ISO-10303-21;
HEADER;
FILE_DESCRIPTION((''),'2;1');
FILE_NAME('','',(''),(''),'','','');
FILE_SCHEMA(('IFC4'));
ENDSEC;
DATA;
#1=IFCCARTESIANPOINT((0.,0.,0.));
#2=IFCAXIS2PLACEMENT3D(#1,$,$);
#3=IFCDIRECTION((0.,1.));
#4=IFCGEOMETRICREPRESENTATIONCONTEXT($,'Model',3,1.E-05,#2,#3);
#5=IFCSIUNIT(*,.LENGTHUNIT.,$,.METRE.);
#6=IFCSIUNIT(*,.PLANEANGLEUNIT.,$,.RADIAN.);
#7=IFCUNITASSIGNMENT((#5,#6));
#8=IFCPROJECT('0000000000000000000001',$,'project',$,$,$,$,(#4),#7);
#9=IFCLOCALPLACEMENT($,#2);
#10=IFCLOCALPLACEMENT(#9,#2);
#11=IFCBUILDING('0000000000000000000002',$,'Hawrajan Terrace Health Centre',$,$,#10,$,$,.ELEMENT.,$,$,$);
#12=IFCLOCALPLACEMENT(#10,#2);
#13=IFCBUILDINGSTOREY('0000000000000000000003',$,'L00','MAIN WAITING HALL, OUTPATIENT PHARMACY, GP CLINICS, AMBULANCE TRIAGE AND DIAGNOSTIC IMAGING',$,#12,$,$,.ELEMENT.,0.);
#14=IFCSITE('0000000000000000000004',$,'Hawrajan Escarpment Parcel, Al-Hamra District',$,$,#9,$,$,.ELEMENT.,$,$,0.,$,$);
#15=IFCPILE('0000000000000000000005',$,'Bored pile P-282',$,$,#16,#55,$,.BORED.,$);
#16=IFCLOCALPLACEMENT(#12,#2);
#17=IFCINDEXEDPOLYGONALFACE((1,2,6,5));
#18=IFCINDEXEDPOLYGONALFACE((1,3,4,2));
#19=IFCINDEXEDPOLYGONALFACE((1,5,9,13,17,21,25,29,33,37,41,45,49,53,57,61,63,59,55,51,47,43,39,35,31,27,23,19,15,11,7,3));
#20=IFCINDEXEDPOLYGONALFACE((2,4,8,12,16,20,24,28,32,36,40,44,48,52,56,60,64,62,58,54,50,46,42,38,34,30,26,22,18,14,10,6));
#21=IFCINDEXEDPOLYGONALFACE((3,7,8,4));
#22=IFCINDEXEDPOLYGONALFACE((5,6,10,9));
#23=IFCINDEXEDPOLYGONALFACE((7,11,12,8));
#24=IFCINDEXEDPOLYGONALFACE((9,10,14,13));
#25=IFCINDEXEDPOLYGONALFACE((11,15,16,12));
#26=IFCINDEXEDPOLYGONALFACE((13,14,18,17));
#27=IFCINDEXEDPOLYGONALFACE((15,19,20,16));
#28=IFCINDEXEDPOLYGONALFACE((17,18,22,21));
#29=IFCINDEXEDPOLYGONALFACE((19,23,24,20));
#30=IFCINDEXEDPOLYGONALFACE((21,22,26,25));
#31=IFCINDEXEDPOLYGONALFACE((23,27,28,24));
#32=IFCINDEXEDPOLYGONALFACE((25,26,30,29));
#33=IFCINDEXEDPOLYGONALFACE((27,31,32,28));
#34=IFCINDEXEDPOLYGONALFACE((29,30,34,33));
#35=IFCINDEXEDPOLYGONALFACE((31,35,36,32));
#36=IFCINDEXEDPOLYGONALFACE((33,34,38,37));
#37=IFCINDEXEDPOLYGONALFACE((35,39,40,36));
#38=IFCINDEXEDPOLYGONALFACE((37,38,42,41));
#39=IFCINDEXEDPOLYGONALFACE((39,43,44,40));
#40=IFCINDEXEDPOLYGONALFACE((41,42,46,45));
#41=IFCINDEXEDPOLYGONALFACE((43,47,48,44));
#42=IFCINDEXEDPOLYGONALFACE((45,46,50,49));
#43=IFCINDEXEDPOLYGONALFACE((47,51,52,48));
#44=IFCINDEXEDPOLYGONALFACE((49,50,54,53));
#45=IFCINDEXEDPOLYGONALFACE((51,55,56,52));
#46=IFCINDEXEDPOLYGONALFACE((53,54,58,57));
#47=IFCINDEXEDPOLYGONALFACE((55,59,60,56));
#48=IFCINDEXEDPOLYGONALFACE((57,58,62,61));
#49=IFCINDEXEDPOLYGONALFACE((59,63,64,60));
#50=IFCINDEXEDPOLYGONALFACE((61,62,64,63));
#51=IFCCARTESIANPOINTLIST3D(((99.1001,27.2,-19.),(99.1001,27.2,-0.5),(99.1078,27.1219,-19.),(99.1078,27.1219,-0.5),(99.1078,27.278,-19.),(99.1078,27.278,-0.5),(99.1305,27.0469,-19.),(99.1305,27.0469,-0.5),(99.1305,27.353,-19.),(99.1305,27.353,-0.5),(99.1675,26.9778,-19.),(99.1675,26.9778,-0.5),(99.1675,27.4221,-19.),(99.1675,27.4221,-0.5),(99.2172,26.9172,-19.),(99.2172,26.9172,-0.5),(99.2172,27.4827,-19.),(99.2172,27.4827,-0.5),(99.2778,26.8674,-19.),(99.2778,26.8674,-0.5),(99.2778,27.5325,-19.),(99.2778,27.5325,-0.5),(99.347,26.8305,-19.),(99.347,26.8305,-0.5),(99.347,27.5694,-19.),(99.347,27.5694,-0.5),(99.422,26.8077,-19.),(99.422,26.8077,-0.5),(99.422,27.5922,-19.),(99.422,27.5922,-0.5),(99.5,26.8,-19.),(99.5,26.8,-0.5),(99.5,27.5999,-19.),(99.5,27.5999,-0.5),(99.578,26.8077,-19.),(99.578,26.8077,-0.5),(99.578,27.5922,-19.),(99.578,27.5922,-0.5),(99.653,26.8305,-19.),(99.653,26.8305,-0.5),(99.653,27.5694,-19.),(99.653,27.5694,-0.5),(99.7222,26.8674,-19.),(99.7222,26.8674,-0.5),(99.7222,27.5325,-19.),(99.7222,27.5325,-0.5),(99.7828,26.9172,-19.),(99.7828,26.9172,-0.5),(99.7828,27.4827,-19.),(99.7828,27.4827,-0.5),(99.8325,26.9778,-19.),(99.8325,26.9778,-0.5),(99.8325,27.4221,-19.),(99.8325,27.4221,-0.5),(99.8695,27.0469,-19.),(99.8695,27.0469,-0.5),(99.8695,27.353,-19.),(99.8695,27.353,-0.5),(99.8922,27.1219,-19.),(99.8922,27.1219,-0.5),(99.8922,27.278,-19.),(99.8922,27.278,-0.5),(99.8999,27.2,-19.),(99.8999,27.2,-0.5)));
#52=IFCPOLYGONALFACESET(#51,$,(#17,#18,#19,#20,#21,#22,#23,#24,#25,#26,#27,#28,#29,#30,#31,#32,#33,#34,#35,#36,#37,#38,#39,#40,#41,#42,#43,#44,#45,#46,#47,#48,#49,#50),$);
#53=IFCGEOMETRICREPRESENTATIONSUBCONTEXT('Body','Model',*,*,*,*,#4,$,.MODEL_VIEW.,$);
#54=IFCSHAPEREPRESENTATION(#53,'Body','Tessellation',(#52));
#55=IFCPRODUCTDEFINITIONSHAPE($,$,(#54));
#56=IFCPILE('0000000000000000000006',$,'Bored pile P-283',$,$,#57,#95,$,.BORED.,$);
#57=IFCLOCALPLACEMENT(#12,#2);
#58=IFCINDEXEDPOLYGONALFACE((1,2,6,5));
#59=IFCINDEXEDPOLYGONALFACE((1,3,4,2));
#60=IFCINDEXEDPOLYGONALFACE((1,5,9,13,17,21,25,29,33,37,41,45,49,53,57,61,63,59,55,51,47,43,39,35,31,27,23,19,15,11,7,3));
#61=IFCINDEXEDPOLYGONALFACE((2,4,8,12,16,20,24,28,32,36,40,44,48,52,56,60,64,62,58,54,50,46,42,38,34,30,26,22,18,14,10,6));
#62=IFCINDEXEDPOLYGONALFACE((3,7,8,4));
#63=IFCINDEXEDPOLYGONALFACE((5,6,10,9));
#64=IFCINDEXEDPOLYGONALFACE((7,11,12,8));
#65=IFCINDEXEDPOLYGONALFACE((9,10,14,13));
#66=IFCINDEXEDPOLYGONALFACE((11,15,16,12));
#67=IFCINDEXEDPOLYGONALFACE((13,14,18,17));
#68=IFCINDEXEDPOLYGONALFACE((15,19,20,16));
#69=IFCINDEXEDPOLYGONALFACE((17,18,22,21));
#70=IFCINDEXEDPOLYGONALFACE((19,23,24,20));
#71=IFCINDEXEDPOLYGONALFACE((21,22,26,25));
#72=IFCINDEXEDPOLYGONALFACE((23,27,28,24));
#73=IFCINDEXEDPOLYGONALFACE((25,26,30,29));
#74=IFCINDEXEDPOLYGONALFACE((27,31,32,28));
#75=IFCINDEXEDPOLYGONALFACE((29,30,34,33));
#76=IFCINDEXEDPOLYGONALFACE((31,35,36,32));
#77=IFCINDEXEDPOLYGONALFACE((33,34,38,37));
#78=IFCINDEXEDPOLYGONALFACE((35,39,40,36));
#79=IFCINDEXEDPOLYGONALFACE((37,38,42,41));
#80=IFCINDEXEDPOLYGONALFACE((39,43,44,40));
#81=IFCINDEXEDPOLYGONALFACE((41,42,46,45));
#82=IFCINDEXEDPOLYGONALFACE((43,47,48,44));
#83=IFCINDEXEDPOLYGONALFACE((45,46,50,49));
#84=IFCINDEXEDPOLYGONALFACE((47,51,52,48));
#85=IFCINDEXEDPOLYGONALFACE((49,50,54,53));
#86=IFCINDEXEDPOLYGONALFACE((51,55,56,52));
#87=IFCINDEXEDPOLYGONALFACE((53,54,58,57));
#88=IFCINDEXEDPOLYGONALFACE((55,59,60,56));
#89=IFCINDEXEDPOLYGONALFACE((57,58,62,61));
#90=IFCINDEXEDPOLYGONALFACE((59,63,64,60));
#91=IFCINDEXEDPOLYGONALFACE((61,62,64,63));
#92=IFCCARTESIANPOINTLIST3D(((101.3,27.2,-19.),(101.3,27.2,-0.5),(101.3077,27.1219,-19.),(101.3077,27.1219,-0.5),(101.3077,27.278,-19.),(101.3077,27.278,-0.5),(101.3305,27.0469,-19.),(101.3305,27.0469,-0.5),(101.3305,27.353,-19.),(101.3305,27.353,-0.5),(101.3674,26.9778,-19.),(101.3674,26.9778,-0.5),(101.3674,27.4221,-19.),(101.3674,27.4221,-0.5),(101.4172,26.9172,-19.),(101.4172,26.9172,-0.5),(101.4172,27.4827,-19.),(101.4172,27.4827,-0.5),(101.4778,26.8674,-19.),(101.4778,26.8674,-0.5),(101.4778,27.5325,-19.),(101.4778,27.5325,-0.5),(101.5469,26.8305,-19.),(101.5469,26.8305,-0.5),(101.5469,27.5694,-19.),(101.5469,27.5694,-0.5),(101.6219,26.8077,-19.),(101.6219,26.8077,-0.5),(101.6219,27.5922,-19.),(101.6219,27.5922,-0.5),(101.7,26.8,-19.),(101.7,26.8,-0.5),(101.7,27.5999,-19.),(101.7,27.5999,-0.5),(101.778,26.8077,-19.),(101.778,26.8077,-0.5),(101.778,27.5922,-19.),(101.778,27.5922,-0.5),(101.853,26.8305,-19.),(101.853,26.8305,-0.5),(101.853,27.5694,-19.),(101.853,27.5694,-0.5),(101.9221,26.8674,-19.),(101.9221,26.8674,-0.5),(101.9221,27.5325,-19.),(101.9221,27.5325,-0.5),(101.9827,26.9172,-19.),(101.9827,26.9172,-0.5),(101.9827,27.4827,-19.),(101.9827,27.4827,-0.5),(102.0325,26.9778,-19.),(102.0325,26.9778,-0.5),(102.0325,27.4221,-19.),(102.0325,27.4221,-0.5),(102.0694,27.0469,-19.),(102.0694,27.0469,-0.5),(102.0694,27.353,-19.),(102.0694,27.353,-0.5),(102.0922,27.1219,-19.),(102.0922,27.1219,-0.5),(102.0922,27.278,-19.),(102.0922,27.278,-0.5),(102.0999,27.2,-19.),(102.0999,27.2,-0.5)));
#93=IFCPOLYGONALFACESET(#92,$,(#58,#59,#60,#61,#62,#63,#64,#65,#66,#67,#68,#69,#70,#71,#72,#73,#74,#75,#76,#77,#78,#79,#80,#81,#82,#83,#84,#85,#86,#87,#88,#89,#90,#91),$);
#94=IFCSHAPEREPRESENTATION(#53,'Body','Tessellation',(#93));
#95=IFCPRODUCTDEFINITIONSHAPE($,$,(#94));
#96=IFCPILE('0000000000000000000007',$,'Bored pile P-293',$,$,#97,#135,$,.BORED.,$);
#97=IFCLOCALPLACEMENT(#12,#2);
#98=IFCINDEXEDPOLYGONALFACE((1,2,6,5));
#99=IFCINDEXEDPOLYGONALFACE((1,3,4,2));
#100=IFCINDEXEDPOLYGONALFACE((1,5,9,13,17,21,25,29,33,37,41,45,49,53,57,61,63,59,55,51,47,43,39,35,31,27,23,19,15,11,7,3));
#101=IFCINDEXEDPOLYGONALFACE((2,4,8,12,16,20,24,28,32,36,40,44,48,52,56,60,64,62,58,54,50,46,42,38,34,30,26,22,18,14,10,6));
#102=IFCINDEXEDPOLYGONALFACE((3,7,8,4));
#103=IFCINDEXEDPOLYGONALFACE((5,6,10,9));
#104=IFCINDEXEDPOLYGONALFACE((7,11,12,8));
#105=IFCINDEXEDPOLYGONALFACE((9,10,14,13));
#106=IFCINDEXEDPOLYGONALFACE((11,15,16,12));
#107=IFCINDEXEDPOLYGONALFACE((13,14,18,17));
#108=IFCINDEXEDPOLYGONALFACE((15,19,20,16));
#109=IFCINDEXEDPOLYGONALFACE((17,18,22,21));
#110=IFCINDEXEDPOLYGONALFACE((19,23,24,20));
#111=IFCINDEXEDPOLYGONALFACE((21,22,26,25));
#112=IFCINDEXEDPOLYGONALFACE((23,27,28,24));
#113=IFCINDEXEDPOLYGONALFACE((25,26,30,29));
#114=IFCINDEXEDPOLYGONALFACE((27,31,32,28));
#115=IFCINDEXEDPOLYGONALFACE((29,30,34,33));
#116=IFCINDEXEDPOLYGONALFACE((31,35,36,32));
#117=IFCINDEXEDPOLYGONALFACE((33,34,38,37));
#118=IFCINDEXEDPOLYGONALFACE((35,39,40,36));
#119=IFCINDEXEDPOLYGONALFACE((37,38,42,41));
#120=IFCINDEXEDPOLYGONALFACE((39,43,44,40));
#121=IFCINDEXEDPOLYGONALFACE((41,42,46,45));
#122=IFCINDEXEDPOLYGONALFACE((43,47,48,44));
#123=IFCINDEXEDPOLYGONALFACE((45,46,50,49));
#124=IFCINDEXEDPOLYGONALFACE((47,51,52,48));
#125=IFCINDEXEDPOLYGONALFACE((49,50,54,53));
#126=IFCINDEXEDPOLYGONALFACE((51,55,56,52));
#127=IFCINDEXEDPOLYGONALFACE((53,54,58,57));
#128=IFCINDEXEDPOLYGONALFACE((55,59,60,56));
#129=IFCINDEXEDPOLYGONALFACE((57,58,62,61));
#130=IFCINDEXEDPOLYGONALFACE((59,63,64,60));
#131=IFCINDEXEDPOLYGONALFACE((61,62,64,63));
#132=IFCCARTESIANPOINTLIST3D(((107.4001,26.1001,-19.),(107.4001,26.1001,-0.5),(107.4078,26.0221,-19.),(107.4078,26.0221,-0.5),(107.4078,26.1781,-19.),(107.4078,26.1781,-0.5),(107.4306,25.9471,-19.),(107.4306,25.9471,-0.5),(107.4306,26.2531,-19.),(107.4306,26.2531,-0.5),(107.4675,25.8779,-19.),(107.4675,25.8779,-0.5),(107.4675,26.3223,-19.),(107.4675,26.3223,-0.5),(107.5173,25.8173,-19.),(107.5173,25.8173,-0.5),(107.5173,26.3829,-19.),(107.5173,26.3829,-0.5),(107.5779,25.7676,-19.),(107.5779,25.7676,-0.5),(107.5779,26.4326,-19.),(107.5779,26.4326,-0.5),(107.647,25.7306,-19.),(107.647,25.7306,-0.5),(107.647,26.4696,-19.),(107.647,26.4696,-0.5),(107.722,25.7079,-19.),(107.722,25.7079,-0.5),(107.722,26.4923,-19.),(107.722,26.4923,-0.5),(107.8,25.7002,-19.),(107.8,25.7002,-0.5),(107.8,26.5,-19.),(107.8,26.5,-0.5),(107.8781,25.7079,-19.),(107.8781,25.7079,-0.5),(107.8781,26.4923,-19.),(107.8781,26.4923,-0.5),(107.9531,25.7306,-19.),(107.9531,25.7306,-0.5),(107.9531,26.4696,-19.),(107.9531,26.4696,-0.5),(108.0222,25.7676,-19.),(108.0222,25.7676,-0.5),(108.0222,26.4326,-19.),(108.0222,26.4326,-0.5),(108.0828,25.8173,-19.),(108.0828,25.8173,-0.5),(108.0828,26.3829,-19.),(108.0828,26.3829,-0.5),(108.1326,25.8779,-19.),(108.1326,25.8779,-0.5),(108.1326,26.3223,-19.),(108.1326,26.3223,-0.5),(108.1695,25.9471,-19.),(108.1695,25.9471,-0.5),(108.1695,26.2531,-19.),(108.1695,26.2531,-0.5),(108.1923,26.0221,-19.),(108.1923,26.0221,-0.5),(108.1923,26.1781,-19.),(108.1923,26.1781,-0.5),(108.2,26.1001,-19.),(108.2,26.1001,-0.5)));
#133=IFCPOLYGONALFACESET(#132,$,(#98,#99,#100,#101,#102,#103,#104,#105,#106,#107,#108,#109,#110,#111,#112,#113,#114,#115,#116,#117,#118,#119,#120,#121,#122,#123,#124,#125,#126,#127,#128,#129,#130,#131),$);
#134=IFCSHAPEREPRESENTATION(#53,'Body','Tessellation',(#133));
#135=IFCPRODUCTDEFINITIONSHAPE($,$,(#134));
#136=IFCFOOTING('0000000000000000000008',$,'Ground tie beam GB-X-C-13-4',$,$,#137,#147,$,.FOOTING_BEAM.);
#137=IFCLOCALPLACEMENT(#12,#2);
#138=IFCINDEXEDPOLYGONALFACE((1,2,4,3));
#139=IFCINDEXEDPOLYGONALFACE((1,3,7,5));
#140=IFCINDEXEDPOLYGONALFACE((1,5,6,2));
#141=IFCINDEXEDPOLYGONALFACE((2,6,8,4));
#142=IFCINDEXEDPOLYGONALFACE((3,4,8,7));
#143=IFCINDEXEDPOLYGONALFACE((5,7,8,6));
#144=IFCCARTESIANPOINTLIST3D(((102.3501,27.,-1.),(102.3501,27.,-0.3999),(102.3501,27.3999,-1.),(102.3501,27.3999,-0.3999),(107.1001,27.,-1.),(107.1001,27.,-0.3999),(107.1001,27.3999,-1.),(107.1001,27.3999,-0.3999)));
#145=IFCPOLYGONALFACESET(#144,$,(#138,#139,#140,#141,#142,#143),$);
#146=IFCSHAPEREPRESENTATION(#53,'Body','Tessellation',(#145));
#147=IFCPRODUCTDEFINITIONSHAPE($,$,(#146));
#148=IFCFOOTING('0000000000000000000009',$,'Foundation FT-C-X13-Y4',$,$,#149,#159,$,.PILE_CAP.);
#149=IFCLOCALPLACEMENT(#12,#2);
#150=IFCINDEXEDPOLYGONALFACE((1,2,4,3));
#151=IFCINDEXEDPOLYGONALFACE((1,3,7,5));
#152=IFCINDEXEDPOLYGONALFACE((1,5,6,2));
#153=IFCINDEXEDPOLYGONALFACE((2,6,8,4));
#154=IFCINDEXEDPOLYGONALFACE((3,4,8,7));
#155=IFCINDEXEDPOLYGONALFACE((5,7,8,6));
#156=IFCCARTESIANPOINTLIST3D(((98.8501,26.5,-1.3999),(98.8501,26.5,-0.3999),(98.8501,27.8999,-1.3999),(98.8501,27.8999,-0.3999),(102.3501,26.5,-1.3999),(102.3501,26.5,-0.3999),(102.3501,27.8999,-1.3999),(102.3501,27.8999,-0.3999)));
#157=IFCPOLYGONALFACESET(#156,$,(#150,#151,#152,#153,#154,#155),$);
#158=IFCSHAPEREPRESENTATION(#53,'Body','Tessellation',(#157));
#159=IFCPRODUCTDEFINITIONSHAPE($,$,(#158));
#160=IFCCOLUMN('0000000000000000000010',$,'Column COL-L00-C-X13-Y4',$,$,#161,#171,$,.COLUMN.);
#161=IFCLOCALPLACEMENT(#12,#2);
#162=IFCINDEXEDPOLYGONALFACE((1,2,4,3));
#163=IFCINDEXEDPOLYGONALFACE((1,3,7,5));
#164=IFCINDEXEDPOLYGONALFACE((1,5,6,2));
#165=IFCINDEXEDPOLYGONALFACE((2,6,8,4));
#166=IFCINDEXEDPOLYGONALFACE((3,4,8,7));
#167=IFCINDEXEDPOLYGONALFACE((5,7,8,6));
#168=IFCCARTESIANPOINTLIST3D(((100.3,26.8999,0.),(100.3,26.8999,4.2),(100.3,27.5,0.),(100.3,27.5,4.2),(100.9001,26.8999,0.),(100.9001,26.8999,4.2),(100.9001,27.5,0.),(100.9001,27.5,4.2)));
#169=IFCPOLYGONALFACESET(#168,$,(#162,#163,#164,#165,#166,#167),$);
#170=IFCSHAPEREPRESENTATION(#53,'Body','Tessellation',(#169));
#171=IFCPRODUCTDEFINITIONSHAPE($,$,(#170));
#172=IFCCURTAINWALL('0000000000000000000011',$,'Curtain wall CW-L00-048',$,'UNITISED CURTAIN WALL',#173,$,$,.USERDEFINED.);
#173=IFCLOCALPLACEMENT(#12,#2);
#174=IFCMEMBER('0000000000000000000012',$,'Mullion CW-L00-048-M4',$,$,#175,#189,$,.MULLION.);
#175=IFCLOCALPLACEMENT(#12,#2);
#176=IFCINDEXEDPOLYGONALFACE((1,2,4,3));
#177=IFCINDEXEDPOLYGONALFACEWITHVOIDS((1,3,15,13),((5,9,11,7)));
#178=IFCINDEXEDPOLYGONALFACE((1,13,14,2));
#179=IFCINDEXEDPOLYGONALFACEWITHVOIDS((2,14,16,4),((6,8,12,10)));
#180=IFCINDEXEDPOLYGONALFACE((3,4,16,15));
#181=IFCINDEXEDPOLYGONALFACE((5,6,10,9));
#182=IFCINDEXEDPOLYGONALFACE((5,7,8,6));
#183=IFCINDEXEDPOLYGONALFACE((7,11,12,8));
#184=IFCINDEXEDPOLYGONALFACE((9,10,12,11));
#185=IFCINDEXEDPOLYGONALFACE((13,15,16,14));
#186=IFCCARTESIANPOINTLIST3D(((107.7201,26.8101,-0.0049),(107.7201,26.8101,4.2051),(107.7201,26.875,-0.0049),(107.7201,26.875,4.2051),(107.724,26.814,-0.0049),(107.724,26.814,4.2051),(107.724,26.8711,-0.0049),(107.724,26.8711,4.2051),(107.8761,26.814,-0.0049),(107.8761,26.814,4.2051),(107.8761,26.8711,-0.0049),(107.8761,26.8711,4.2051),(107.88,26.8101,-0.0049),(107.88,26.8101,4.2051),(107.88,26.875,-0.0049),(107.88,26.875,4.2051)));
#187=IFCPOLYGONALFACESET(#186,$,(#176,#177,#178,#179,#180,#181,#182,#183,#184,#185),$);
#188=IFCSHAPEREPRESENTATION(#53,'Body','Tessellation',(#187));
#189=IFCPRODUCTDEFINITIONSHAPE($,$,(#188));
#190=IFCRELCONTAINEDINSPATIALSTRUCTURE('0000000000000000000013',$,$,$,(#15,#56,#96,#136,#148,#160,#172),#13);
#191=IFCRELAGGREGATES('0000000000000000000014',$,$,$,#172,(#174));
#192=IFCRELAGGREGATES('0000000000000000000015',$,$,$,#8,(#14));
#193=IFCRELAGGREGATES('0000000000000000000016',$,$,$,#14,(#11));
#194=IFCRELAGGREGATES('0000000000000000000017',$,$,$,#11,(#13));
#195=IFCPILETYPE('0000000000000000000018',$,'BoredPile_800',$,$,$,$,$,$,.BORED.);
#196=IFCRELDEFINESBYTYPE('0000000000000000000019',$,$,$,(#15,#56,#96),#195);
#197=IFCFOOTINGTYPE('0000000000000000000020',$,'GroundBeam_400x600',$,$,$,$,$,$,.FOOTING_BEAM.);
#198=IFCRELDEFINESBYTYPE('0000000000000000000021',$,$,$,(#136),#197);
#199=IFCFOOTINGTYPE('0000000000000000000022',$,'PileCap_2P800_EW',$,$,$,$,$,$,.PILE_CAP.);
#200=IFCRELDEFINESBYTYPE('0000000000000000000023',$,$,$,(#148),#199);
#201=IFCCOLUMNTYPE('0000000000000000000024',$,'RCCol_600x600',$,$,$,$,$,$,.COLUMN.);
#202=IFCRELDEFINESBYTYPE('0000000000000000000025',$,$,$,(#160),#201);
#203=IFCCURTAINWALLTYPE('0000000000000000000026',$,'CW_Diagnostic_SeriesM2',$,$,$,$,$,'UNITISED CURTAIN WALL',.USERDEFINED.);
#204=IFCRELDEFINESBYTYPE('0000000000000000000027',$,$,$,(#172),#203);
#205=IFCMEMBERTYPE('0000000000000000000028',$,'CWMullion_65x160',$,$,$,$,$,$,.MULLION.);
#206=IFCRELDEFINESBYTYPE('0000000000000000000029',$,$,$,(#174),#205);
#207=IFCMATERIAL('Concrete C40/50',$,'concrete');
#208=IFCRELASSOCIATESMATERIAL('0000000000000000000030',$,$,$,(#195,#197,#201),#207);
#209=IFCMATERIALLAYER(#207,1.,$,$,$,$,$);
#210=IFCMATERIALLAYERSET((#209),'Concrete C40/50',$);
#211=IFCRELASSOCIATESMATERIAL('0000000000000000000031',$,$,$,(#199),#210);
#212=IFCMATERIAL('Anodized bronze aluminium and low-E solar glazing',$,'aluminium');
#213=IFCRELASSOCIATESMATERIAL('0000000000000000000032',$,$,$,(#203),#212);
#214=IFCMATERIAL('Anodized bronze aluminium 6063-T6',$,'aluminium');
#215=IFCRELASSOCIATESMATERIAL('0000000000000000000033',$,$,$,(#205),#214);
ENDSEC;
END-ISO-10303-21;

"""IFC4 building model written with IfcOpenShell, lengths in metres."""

from ifc_helpers import new_model, si_unit, direction, frame, origin, origin_2d, place, context, subcontext, project, spatial, rectangle, hollow_rectangle, circle, extrude, material, layer, layer_set, material_profile, profile_set, type_object, element, aggregate, save


model = new_model("IFC4")

# Units and contexts
model_context = context("Model", 3, precision=1e-05, world=origin(), true_north=direction((0.0, 1.0)))
body_context = subcontext(model_context, "Body", "Model", "MODEL_VIEW")
ifc_project = project(units=[si_unit("LENGTHUNIT", "METRE"), si_unit("PLANEANGLEUNIT", "RADIAN")], contexts=[model_context])

# Site, building, storey
site_placement = place(None, origin())
site = spatial("IfcSite", under=ifc_project, at=site_placement, Name="Hawrajan Escarpment Parcel, Al-Hamra District", CompositionType="ELEMENT", RefElevation=0.0)
building_placement = place(site_placement, origin())
building = spatial("IfcBuilding", under=site, at=building_placement, Name="Hawrajan Terrace Health Centre", CompositionType="ELEMENT")
storey_placement = place(building_placement, origin())
storey = spatial("IfcBuildingStorey", under=building, at=storey_placement, Name="L00", Description="MAIN WAITING HALL, OUTPATIENT PHARMACY, GP CLINICS, AMBULANCE TRIAGE AND DIAGNOSTIC IMAGING", CompositionType="ELEMENT", Elevation=0.0)

# Piles
ifc_material_1 = material(Name="Concrete C40/50", Category="concrete")
ifc_material_profile_1 = material_profile(ifc_material_1, circle(Radius=0.3999, at=origin_2d()), Name="BP 800")
ifc_profile_set_1 = profile_set([ifc_material_profile_1], Name="Concrete C40/50")
pile_type = type_object("IfcPileType", Name="BoredPile_800", PredefinedType="BORED", material=ifc_profile_set_1)
for number, where, z_axis, x_axis, name in (
    (1, (99.5, 27.2, -0.5), (0.0, 0.0, -1.0), (1.0, 0.0, 0.0), "Bored pile P-282"),
    (2, (101.7, 27.2, -0.5), (0.0, 0.0, -1.0), (1.0, 0.0, 0.0), "Bored pile P-283"),
    (3, (107.8, 26.1001, -0.5), (0.0, 0.0, -1.0), (1.0, 0.0, 0.0), "Bored pile P-293"),
):
    element("IfcPile", number, at=place(storey_placement, frame(where, z_axis=z_axis, x_axis=x_axis)), inside=storey, type_object=pile_type, Name=name, PredefinedType="BORED", context=body_context, shape_type="SweptSolid", body=[
        extrude(circle(Radius=0.3999, at=origin_2d()), origin(), (0.0, 0.0, 1.0), 18.5),
    ])

# Footings
ifc_material_profile_2 = material_profile(ifc_material_1, rectangle(XDim=0.3999, YDim=0.6001, at=origin_2d()), Name="RC BM 400x600")
ifc_profile_set_2 = profile_set([ifc_material_profile_2], Name="Concrete C40/50")
footing_type_1 = type_object("IfcFootingType", Name="GroundBeam_400x600", PredefinedType="FOOTING_BEAM", material=ifc_profile_set_2)
footing_1_placement = place(storey_placement, frame((102.3501, 27.2, -0.7), z_axis=(1.0, 0.0, 0.0), x_axis=(0.0, 1.0, 0.0)))
element("IfcFooting", 4, at=footing_1_placement, inside=storey, type_object=footing_type_1, Name="Ground tie beam GB-X-C-13-4", PredefinedType="FOOTING_BEAM", context=body_context, shape_type="SweptSolid", body=[
    extrude(rectangle(XDim=0.3999, YDim=0.6001, at=origin_2d()), origin(), (0.0, 0.0, 1.0), 4.75),
])
ifc_layer_1 = layer(ifc_material_1, 1.0)
ifc_layer_set_1 = layer_set([ifc_layer_1], Name="Concrete C40/50")
footing_type_2 = type_object("IfcFootingType", Name="PileCap_2P800_EW", PredefinedType="PILE_CAP", material=ifc_layer_set_1)
footing_2_placement = place(storey_placement, frame((100.6001, 27.2, -1.3999), z_axis=(0.0, 0.0, 1.0), x_axis=(1.0, 0.0, 0.0)))
element("IfcFooting", 5, at=footing_2_placement, inside=storey, type_object=footing_type_2, Name="Foundation FT-C-X13-Y4", PredefinedType="PILE_CAP", context=body_context, shape_type="SweptSolid", body=[
    extrude(rectangle(XDim=3.5, YDim=1.3999, at=origin_2d()), origin(), (0.0, 0.0, 1.0), 1.0),
])

# Column
ifc_material_profile_3 = material_profile(ifc_material_1, rectangle(XDim=0.6001, YDim=0.6001, at=origin_2d()), Name="RC 600x600")
ifc_profile_set_3 = profile_set([ifc_material_profile_3], Name="Concrete C40/50")
column_type = type_object("IfcColumnType", Name="RCCol_600x600", PredefinedType="COLUMN", material=ifc_profile_set_3)
column_placement = place(storey_placement, frame((100.6001, 27.2, 0.0), z_axis=(0.0, 0.0, 1.0), x_axis=(1.0, 0.0, 0.0)))
element("IfcColumn", 6, at=column_placement, inside=storey, type_object=column_type, Name="Column COL-L00-C-X13-Y4", PredefinedType="COLUMN", context=body_context, shape_type="SweptSolid", body=[
    extrude(rectangle(XDim=0.6001, YDim=0.6001, at=origin_2d()), origin(), (0.0, 0.0, 1.0), 4.2),
])

# Curtain wall, member
ifc_material_2 = material(Name="Anodized bronze aluminium and low-E solar glazing", Category="aluminium")
curtain_wall_type_1 = type_object("IfcCurtainWallType", Name="CW_Diagnostic_SeriesM2", ElementType="UNITISED CURTAIN WALL", PredefinedType="USERDEFINED", material=ifc_material_2)
curtain_wall_1_placement = place(storey_placement, origin())
curtain_wall_1 = element("IfcCurtainWall", 7, at=curtain_wall_1_placement, inside=storey, type_object=curtain_wall_type_1, Name="Curtain wall CW-L00-048", ObjectType="UNITISED CURTAIN WALL", PredefinedType="USERDEFINED")
ifc_material_3 = material(Name="Anodized bronze aluminium 6063-T6", Category="aluminium")
ifc_material_profile_4 = material_profile(ifc_material_3, hollow_rectangle(XDim=0.0649, YDim=0.1599, WallThickness=0.0039, at=origin_2d()), Name="CW MUL 65x160")
ifc_profile_set_4 = profile_set([ifc_material_profile_4], Name="Anodized bronze aluminium 6063-T6")
member_type_1 = type_object("IfcMemberType", Name="CWMullion_65x160", PredefinedType="MULLION", material=ifc_profile_set_4)
member_1_placement = place(storey_placement, frame((107.8, 26.8425, -0.0049), z_axis=(0.0, 0.0, 1.0), x_axis=(0.0, 1.0, 0.0)))
member_1 = element("IfcMember", 8, at=member_1_placement, type_object=member_type_1, Name="Mullion CW-L00-048-M4", PredefinedType="MULLION", context=body_context, shape_type="SweptSolid", body=[
    extrude(hollow_rectangle(XDim=0.0649, YDim=0.1599, WallThickness=0.0039, at=origin_2d()), origin(), (0.0, 0.0, 1.0), 4.21),
])

aggregate(curtain_wall_1, [member_1])

save(model, "model.ifc")
